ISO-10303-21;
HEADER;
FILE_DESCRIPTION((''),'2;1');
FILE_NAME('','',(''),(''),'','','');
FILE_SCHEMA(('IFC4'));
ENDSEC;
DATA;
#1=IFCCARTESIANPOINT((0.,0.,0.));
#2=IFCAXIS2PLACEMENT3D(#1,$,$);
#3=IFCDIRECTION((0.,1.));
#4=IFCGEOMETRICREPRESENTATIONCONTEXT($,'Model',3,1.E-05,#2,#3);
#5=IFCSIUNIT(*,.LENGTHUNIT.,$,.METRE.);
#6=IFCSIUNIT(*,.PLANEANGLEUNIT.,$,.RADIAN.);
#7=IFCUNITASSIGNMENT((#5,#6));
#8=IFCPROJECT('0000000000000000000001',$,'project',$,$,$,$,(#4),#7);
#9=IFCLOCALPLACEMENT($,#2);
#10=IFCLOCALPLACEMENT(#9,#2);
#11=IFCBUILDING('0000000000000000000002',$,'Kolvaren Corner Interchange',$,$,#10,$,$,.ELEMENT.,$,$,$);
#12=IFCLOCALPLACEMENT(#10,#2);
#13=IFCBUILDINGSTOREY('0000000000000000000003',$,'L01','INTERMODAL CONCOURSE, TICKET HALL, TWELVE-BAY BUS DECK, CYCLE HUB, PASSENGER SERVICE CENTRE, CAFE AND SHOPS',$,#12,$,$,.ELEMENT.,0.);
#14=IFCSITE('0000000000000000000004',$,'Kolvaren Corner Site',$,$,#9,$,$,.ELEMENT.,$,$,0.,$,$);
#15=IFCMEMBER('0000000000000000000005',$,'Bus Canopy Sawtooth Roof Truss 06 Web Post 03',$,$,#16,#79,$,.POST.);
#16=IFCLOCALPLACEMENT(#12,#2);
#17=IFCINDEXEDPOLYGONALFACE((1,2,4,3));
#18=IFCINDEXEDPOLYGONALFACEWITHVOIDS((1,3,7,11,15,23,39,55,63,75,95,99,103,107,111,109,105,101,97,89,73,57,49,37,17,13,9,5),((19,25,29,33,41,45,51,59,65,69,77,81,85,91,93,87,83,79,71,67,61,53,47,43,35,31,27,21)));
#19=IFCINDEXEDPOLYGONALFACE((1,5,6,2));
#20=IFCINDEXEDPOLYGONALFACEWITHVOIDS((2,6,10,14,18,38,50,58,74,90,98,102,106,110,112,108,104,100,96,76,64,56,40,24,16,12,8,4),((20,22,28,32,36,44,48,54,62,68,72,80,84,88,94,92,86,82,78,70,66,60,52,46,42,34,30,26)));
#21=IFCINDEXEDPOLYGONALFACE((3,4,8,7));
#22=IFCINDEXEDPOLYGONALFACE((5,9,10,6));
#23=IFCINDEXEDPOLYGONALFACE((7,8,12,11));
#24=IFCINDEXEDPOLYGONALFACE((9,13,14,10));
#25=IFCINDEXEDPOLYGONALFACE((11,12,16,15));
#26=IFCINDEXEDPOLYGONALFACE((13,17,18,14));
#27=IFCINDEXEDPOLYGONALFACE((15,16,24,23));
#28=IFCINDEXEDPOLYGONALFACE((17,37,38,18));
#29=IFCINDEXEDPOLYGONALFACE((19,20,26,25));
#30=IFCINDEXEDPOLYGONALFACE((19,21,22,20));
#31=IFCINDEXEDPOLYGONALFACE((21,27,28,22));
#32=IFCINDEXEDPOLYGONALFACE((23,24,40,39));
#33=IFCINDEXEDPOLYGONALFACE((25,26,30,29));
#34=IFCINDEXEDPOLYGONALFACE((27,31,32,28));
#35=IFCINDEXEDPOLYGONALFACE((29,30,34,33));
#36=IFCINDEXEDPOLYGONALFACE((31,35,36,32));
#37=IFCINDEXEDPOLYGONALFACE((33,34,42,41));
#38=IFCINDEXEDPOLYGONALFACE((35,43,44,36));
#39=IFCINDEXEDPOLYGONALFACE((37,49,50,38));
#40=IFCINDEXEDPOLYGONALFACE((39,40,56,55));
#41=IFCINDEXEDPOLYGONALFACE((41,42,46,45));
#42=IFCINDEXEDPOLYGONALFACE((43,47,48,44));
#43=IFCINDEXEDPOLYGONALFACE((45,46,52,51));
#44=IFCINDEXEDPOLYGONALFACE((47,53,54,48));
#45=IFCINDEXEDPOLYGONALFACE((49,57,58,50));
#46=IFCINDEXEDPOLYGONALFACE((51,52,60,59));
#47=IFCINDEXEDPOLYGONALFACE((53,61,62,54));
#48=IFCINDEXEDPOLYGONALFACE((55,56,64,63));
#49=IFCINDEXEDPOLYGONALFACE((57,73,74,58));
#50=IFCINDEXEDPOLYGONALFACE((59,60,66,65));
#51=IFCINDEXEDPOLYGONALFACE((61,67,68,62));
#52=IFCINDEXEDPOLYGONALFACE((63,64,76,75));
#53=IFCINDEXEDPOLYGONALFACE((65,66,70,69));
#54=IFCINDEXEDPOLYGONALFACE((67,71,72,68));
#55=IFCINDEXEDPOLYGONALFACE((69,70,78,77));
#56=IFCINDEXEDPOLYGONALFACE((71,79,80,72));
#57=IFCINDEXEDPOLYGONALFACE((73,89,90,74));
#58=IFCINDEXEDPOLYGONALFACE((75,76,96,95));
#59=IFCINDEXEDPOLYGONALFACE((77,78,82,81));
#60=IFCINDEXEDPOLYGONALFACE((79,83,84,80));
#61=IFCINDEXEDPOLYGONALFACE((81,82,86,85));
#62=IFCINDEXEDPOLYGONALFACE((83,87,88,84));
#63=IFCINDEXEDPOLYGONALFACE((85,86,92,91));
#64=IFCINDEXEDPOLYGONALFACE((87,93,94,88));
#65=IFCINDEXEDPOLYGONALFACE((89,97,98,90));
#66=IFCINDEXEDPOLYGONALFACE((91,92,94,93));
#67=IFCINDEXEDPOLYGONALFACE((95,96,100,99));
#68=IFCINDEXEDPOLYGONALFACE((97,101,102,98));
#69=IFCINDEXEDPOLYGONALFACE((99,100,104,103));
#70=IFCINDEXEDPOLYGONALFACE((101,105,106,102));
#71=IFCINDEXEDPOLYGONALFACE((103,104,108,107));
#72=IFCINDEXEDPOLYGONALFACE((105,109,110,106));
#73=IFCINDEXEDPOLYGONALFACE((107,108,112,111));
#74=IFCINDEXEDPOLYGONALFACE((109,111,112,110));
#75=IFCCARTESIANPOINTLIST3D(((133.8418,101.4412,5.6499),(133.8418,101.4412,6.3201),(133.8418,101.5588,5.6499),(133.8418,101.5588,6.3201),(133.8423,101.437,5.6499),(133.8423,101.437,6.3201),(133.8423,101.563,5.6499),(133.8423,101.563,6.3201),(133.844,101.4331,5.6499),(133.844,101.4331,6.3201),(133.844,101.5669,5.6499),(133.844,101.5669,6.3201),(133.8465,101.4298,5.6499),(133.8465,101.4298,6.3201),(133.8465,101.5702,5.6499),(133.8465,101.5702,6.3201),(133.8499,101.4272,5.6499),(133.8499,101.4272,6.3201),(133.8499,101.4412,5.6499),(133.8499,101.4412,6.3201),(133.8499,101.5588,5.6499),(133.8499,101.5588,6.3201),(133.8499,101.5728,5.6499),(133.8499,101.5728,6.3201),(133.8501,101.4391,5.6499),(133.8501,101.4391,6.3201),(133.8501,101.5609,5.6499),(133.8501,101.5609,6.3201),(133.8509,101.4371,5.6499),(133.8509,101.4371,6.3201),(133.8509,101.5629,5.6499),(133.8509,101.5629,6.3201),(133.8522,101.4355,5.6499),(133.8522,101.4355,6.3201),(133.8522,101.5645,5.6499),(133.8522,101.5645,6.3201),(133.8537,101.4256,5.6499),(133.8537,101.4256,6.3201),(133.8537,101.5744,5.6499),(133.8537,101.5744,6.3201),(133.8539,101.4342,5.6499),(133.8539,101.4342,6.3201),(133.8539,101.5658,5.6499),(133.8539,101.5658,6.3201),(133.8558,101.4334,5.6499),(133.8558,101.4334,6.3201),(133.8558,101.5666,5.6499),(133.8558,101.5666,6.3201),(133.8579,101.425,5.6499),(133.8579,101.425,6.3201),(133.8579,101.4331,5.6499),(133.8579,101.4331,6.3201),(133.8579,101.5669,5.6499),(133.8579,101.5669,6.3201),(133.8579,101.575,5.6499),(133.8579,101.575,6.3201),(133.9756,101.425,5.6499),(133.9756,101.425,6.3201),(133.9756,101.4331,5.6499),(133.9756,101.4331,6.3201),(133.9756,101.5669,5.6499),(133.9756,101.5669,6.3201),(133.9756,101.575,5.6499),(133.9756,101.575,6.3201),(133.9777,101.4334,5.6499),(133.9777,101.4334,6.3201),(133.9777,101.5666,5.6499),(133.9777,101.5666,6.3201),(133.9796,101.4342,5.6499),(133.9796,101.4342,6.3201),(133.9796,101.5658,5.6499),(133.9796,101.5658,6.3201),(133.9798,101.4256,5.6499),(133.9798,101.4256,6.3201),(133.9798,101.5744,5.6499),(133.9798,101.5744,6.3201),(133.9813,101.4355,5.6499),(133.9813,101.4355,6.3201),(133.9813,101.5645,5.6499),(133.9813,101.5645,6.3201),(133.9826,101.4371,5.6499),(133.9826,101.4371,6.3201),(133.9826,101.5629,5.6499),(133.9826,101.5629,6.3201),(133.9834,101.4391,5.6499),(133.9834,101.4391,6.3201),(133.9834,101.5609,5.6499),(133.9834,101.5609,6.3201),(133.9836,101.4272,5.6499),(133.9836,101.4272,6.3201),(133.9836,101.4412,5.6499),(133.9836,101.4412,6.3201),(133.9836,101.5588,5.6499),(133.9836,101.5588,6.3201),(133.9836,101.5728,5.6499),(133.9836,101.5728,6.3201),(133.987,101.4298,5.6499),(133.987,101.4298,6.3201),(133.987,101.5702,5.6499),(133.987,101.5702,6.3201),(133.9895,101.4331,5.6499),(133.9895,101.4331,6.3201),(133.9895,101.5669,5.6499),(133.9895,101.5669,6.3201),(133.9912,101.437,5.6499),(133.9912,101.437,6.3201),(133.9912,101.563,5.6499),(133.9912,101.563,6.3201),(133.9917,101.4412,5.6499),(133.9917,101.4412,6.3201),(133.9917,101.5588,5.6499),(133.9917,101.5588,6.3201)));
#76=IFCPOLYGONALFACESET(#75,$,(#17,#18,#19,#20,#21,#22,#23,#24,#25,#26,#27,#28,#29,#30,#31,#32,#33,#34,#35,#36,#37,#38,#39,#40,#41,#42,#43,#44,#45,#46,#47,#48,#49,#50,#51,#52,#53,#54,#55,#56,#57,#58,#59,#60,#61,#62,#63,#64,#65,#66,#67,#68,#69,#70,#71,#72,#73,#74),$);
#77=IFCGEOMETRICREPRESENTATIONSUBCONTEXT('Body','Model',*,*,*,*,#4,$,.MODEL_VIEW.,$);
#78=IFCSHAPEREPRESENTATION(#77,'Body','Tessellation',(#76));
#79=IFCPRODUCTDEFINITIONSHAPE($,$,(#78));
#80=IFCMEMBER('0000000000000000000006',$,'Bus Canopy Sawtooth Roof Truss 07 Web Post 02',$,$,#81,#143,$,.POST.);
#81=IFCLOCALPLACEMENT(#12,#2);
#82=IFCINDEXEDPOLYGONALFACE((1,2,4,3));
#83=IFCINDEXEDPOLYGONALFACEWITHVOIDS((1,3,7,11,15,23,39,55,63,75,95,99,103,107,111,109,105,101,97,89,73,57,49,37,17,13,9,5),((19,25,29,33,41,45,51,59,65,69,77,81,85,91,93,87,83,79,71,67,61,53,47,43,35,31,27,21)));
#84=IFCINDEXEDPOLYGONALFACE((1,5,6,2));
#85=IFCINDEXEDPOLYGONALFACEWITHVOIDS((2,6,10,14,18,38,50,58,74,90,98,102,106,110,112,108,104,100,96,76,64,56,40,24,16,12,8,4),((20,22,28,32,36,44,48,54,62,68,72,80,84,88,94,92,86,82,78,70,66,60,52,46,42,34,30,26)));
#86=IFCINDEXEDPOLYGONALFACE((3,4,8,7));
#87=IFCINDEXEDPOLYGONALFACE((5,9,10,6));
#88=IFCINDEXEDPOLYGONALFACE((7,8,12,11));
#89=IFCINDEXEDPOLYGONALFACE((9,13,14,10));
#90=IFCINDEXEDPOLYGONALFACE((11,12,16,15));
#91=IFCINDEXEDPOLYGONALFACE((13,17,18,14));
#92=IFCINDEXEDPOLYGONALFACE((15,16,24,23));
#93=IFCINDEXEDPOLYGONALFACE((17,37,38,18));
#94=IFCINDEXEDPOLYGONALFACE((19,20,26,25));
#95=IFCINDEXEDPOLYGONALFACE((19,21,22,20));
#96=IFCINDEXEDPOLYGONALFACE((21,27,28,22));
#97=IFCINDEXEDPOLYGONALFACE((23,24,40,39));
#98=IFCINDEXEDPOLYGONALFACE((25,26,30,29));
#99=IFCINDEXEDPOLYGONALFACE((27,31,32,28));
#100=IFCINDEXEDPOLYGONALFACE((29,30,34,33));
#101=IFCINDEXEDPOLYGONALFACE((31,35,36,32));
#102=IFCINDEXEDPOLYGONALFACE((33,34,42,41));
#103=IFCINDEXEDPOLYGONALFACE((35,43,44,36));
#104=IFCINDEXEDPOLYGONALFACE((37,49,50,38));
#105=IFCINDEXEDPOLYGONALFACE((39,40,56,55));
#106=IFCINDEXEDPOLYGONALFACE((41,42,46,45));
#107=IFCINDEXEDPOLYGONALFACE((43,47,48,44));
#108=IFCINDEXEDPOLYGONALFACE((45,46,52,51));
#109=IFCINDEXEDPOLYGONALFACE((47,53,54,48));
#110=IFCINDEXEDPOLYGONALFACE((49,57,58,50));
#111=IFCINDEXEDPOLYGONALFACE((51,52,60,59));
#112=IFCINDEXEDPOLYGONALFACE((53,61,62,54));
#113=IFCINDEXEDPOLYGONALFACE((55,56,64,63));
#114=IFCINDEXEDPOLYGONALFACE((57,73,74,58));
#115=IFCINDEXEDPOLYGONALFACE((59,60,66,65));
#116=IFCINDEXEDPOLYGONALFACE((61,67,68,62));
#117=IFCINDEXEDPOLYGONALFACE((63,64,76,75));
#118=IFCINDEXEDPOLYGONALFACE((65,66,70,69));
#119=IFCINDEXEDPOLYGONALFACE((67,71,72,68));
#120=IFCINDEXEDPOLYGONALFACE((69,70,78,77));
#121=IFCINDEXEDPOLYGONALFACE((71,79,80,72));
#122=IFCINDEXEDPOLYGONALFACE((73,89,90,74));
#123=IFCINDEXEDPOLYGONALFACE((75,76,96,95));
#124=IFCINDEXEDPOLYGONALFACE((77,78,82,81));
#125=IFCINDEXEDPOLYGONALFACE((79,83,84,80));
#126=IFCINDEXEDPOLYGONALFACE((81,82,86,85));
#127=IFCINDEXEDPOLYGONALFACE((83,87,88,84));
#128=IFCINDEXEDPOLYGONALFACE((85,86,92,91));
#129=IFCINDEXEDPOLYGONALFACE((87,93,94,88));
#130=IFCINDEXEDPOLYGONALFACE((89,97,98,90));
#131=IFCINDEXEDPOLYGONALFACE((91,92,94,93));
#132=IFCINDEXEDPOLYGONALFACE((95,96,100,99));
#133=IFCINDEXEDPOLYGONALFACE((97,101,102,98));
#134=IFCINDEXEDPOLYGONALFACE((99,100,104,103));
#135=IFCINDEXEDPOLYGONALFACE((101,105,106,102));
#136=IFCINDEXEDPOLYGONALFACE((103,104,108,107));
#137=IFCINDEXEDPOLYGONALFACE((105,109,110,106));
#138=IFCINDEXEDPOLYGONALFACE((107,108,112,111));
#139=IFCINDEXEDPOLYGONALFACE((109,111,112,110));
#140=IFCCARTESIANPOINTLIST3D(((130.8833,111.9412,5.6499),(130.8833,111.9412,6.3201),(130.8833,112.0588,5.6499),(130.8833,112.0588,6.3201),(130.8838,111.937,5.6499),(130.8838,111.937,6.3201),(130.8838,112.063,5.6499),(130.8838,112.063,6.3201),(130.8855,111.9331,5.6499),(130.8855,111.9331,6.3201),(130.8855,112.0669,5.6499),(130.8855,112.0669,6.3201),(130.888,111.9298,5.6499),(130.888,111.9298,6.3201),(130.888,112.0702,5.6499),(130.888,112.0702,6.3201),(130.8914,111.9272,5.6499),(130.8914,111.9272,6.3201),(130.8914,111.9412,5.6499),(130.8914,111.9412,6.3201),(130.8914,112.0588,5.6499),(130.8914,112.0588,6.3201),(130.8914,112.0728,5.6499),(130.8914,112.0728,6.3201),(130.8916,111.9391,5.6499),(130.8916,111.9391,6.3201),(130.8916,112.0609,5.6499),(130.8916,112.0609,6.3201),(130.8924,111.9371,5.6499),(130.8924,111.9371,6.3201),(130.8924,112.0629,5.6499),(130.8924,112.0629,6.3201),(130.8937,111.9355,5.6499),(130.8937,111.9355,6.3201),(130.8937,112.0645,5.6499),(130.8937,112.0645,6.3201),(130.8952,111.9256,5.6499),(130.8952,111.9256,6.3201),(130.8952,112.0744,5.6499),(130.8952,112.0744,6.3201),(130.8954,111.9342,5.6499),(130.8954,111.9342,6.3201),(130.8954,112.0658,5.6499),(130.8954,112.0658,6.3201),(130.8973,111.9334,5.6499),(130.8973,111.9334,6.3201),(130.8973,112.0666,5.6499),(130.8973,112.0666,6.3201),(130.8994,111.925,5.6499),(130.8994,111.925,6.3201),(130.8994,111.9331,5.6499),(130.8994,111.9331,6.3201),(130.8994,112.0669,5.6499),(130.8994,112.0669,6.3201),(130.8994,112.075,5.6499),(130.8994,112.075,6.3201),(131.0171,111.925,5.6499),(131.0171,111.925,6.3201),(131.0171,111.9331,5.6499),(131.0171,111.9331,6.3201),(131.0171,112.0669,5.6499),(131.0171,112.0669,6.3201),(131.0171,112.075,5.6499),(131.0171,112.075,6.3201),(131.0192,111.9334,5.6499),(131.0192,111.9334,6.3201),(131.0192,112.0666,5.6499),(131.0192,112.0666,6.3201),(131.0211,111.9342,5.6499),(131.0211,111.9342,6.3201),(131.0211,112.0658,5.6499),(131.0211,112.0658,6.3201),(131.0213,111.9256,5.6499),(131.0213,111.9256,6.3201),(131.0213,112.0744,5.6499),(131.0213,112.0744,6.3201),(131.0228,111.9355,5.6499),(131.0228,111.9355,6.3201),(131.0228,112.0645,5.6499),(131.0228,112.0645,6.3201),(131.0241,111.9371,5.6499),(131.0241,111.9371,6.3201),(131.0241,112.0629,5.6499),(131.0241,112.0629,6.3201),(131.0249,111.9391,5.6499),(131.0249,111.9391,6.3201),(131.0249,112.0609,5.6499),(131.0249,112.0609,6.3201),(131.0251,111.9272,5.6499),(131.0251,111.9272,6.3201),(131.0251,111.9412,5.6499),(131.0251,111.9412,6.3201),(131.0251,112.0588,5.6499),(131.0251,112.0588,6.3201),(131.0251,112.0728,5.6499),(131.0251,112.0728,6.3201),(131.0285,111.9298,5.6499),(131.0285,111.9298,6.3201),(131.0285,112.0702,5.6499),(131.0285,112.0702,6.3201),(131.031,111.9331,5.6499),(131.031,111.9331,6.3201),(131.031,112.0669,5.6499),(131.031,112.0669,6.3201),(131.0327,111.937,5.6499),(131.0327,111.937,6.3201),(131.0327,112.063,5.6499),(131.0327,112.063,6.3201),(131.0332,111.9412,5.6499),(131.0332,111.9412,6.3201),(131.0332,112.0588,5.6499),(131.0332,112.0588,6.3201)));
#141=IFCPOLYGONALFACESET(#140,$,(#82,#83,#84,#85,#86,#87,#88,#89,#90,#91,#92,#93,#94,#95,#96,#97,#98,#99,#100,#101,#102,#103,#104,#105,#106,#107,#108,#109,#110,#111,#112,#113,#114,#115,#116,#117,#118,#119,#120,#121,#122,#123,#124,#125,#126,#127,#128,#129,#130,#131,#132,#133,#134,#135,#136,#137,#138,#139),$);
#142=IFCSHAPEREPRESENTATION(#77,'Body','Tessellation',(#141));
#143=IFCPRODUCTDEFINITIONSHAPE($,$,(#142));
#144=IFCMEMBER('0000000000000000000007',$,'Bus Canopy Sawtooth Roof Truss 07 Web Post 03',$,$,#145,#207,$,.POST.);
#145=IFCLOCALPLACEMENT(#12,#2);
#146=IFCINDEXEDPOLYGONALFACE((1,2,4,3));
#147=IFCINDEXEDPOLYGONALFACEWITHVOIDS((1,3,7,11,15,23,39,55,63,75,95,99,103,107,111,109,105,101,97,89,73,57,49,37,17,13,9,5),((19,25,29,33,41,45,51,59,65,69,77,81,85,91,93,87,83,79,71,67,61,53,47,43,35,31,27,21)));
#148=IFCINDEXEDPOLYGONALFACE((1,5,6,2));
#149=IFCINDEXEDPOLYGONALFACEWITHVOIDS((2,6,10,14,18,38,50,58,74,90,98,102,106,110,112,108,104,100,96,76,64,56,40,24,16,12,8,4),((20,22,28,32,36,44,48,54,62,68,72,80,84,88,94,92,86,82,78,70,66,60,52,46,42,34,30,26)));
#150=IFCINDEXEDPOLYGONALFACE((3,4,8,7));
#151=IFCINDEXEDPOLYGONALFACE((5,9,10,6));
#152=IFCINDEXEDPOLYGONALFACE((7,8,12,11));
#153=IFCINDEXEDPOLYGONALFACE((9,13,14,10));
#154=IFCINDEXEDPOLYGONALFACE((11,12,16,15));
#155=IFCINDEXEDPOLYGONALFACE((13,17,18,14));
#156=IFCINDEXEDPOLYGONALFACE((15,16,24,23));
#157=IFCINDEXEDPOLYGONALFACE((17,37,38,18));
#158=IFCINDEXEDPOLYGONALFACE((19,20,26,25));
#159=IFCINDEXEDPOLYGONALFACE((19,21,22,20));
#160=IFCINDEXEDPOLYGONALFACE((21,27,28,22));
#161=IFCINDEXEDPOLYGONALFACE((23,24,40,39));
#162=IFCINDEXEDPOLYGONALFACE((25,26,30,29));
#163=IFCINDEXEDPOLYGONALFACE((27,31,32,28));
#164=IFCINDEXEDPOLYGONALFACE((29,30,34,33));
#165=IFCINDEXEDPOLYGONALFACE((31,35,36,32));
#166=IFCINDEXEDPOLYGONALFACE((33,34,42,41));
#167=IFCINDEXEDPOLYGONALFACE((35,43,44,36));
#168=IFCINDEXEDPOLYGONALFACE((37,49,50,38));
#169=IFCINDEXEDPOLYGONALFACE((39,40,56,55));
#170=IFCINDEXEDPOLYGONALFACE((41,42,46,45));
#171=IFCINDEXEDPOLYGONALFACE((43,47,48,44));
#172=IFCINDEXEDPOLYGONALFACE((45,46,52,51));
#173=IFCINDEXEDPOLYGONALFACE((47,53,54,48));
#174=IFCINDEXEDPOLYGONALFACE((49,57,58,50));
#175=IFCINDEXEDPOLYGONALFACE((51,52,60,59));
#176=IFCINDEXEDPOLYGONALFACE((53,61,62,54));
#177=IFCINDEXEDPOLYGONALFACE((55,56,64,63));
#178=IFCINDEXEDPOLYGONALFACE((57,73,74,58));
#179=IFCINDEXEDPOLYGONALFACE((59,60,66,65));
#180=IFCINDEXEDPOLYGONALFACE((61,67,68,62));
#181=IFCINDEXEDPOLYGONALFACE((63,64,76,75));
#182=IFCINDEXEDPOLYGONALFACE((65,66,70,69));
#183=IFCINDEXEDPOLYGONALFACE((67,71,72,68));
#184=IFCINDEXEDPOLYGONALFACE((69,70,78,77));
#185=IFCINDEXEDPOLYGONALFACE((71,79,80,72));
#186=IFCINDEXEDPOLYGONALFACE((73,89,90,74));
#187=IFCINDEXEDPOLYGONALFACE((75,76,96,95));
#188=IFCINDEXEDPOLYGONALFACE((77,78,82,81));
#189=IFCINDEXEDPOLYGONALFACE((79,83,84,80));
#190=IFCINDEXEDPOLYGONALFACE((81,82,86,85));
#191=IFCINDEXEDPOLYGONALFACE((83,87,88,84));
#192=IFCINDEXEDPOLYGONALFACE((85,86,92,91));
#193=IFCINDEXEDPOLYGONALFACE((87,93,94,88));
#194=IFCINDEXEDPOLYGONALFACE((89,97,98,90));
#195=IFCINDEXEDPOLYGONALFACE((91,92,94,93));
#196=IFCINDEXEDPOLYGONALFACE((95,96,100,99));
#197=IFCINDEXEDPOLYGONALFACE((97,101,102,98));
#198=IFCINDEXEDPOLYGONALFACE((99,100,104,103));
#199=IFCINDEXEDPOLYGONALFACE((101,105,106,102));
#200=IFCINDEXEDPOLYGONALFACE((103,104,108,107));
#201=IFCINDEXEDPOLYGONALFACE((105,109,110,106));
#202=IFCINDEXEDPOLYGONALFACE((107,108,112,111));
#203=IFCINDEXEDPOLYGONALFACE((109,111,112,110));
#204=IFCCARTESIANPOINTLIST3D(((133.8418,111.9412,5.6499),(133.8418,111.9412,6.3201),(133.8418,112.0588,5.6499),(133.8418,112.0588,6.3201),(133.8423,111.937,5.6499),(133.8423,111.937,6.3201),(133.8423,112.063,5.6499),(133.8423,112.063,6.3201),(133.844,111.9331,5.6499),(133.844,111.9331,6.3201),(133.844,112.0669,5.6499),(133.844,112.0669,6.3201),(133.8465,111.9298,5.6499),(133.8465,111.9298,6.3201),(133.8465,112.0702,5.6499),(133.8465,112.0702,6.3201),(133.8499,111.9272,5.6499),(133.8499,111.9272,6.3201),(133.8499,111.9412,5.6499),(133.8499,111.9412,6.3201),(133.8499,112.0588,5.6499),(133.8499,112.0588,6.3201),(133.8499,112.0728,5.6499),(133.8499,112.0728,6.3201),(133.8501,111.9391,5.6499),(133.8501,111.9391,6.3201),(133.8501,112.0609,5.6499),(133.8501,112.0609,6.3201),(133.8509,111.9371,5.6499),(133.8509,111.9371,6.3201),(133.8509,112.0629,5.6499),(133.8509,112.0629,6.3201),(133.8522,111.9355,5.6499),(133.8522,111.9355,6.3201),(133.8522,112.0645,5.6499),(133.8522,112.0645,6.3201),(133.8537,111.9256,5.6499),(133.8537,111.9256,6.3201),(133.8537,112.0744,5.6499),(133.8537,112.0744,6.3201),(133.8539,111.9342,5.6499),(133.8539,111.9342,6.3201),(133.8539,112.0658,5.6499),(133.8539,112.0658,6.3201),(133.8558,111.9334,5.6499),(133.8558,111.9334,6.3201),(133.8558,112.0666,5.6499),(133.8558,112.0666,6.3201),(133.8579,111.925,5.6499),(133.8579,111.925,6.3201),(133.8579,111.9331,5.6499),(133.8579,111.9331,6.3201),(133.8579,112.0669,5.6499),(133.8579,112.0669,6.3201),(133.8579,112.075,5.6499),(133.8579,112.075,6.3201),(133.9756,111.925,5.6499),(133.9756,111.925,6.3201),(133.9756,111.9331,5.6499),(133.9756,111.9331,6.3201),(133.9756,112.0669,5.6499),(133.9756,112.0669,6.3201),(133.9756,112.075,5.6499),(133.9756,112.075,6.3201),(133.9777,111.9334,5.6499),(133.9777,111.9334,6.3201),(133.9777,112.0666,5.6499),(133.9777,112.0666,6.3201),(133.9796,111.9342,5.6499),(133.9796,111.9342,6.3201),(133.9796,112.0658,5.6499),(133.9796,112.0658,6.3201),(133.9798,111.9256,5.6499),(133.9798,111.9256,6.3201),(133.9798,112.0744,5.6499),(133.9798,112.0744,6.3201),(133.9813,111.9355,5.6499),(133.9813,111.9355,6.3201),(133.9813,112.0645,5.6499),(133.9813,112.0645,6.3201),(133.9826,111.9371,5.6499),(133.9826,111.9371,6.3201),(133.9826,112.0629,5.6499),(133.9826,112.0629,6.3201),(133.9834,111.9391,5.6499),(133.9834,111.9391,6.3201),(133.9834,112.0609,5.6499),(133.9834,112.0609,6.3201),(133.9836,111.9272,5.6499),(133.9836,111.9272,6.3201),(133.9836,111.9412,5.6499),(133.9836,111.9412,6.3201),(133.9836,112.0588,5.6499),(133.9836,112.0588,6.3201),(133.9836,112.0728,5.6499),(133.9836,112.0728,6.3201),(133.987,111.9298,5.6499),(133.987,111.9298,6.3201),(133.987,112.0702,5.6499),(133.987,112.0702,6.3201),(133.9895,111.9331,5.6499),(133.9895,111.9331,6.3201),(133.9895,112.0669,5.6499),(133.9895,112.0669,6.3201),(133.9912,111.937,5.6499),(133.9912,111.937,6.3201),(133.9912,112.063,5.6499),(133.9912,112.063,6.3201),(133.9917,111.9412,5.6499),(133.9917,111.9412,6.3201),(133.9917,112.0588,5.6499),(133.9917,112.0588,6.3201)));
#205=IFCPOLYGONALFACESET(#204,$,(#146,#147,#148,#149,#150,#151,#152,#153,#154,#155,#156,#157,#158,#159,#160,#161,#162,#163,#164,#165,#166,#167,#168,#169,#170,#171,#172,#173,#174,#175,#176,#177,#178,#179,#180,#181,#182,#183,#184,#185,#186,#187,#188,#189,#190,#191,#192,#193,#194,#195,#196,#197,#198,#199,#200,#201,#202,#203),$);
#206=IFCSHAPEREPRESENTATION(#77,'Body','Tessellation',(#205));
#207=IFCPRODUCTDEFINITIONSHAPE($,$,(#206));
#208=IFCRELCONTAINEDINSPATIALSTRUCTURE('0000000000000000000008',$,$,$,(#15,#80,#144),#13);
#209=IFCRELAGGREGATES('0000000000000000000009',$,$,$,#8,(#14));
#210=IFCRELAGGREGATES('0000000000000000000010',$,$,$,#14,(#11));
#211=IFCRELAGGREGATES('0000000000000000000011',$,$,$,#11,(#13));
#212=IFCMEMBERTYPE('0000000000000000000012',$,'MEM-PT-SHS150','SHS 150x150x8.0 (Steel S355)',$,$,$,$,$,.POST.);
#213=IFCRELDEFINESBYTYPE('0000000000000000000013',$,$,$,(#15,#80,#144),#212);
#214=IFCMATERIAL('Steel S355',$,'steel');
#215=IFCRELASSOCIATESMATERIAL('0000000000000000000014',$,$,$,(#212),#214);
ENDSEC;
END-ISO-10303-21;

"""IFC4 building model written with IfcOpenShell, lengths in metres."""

from ifc_helpers import new_model, si_unit, direction, frame, origin, origin_2d, place, context, subcontext, project, spatial, hollow_rectangle, extrude, material, material_profile, profile_set, type_object, element, save


model = new_model("IFC4")

# Units and contexts
model_context = context("Model", 3, precision=1e-05, world=origin(), true_north=direction((0.0, 1.0)))
body_context = subcontext(model_context, "Body", "Model", "MODEL_VIEW")
ifc_project = project(units=[si_unit("LENGTHUNIT", "METRE"), si_unit("PLANEANGLEUNIT", "RADIAN")], contexts=[model_context])

# Site, building, storey
site_placement = place(None, origin())
site = spatial("IfcSite", under=ifc_project, at=site_placement, Name="Kolvaren Corner Site", CompositionType="ELEMENT", RefElevation=0.0)
building_placement = place(site_placement, origin())
building = spatial("IfcBuilding", under=site, at=building_placement, Name="Kolvaren Corner Interchange", CompositionType="ELEMENT")
storey_placement = place(building_placement, origin())
storey = spatial("IfcBuildingStorey", under=building, at=storey_placement, Name="L01", Description="INTERMODAL CONCOURSE, TICKET HALL, TWELVE-BAY BUS DECK, CYCLE HUB, PASSENGER SERVICE CENTRE, CAFE AND SHOPS", CompositionType="ELEMENT", Elevation=0.0)

# Members
ifc_material_1 = material(Name="Steel S355", Category="steel")
ifc_material_profile_1 = material_profile(ifc_material_1, hollow_rectangle(XDim=0.1499, YDim=0.1499, WallThickness=0.0081, InnerFilletRadius=0.0081, OuterFilletRadius=0.0161, at=origin_2d()), Name="SHS 150x150x8.0")
ifc_profile_set_1 = profile_set([ifc_material_profile_1], Name="Steel S355")
member_type_1 = type_object("IfcMemberType", Name="MEM-PT-SHS150", Description="SHS 150x150x8.0 (Steel S355)", PredefinedType="POST", material=ifc_profile_set_1)
for number, where, z_axis, x_axis, name in (
    (1, (133.9167, 101.5, 5.6499), (0.0, 0.0, 1.0), (1.0, 0.0, 0.0), "Bus Canopy Sawtooth Roof Truss 06 Web Post 03"),
    (2, (130.9583, 112.0, 5.6499), (0.0, 0.0, 1.0), (1.0, 0.0, 0.0), "Bus Canopy Sawtooth Roof Truss 07 Web Post 02"),
    (3, (133.9167, 112.0, 5.6499), (0.0, 0.0, 1.0), (1.0, 0.0, 0.0), "Bus Canopy Sawtooth Roof Truss 07 Web Post 03"),
):
    element("IfcMember", number, at=place(storey_placement, frame(where, z_axis=z_axis, x_axis=x_axis)), inside=storey, type_object=member_type_1, Name=name, PredefinedType="POST", context=body_context, shape_type="SweptSolid", body=[
        extrude(hollow_rectangle(XDim=0.1499, YDim=0.1499, WallThickness=0.0081, InnerFilletRadius=0.0081, OuterFilletRadius=0.0161, at=origin_2d()), origin(), (0.0, 0.0, 1.0), 0.6702),
    ])

save(model, "model.ifc")
